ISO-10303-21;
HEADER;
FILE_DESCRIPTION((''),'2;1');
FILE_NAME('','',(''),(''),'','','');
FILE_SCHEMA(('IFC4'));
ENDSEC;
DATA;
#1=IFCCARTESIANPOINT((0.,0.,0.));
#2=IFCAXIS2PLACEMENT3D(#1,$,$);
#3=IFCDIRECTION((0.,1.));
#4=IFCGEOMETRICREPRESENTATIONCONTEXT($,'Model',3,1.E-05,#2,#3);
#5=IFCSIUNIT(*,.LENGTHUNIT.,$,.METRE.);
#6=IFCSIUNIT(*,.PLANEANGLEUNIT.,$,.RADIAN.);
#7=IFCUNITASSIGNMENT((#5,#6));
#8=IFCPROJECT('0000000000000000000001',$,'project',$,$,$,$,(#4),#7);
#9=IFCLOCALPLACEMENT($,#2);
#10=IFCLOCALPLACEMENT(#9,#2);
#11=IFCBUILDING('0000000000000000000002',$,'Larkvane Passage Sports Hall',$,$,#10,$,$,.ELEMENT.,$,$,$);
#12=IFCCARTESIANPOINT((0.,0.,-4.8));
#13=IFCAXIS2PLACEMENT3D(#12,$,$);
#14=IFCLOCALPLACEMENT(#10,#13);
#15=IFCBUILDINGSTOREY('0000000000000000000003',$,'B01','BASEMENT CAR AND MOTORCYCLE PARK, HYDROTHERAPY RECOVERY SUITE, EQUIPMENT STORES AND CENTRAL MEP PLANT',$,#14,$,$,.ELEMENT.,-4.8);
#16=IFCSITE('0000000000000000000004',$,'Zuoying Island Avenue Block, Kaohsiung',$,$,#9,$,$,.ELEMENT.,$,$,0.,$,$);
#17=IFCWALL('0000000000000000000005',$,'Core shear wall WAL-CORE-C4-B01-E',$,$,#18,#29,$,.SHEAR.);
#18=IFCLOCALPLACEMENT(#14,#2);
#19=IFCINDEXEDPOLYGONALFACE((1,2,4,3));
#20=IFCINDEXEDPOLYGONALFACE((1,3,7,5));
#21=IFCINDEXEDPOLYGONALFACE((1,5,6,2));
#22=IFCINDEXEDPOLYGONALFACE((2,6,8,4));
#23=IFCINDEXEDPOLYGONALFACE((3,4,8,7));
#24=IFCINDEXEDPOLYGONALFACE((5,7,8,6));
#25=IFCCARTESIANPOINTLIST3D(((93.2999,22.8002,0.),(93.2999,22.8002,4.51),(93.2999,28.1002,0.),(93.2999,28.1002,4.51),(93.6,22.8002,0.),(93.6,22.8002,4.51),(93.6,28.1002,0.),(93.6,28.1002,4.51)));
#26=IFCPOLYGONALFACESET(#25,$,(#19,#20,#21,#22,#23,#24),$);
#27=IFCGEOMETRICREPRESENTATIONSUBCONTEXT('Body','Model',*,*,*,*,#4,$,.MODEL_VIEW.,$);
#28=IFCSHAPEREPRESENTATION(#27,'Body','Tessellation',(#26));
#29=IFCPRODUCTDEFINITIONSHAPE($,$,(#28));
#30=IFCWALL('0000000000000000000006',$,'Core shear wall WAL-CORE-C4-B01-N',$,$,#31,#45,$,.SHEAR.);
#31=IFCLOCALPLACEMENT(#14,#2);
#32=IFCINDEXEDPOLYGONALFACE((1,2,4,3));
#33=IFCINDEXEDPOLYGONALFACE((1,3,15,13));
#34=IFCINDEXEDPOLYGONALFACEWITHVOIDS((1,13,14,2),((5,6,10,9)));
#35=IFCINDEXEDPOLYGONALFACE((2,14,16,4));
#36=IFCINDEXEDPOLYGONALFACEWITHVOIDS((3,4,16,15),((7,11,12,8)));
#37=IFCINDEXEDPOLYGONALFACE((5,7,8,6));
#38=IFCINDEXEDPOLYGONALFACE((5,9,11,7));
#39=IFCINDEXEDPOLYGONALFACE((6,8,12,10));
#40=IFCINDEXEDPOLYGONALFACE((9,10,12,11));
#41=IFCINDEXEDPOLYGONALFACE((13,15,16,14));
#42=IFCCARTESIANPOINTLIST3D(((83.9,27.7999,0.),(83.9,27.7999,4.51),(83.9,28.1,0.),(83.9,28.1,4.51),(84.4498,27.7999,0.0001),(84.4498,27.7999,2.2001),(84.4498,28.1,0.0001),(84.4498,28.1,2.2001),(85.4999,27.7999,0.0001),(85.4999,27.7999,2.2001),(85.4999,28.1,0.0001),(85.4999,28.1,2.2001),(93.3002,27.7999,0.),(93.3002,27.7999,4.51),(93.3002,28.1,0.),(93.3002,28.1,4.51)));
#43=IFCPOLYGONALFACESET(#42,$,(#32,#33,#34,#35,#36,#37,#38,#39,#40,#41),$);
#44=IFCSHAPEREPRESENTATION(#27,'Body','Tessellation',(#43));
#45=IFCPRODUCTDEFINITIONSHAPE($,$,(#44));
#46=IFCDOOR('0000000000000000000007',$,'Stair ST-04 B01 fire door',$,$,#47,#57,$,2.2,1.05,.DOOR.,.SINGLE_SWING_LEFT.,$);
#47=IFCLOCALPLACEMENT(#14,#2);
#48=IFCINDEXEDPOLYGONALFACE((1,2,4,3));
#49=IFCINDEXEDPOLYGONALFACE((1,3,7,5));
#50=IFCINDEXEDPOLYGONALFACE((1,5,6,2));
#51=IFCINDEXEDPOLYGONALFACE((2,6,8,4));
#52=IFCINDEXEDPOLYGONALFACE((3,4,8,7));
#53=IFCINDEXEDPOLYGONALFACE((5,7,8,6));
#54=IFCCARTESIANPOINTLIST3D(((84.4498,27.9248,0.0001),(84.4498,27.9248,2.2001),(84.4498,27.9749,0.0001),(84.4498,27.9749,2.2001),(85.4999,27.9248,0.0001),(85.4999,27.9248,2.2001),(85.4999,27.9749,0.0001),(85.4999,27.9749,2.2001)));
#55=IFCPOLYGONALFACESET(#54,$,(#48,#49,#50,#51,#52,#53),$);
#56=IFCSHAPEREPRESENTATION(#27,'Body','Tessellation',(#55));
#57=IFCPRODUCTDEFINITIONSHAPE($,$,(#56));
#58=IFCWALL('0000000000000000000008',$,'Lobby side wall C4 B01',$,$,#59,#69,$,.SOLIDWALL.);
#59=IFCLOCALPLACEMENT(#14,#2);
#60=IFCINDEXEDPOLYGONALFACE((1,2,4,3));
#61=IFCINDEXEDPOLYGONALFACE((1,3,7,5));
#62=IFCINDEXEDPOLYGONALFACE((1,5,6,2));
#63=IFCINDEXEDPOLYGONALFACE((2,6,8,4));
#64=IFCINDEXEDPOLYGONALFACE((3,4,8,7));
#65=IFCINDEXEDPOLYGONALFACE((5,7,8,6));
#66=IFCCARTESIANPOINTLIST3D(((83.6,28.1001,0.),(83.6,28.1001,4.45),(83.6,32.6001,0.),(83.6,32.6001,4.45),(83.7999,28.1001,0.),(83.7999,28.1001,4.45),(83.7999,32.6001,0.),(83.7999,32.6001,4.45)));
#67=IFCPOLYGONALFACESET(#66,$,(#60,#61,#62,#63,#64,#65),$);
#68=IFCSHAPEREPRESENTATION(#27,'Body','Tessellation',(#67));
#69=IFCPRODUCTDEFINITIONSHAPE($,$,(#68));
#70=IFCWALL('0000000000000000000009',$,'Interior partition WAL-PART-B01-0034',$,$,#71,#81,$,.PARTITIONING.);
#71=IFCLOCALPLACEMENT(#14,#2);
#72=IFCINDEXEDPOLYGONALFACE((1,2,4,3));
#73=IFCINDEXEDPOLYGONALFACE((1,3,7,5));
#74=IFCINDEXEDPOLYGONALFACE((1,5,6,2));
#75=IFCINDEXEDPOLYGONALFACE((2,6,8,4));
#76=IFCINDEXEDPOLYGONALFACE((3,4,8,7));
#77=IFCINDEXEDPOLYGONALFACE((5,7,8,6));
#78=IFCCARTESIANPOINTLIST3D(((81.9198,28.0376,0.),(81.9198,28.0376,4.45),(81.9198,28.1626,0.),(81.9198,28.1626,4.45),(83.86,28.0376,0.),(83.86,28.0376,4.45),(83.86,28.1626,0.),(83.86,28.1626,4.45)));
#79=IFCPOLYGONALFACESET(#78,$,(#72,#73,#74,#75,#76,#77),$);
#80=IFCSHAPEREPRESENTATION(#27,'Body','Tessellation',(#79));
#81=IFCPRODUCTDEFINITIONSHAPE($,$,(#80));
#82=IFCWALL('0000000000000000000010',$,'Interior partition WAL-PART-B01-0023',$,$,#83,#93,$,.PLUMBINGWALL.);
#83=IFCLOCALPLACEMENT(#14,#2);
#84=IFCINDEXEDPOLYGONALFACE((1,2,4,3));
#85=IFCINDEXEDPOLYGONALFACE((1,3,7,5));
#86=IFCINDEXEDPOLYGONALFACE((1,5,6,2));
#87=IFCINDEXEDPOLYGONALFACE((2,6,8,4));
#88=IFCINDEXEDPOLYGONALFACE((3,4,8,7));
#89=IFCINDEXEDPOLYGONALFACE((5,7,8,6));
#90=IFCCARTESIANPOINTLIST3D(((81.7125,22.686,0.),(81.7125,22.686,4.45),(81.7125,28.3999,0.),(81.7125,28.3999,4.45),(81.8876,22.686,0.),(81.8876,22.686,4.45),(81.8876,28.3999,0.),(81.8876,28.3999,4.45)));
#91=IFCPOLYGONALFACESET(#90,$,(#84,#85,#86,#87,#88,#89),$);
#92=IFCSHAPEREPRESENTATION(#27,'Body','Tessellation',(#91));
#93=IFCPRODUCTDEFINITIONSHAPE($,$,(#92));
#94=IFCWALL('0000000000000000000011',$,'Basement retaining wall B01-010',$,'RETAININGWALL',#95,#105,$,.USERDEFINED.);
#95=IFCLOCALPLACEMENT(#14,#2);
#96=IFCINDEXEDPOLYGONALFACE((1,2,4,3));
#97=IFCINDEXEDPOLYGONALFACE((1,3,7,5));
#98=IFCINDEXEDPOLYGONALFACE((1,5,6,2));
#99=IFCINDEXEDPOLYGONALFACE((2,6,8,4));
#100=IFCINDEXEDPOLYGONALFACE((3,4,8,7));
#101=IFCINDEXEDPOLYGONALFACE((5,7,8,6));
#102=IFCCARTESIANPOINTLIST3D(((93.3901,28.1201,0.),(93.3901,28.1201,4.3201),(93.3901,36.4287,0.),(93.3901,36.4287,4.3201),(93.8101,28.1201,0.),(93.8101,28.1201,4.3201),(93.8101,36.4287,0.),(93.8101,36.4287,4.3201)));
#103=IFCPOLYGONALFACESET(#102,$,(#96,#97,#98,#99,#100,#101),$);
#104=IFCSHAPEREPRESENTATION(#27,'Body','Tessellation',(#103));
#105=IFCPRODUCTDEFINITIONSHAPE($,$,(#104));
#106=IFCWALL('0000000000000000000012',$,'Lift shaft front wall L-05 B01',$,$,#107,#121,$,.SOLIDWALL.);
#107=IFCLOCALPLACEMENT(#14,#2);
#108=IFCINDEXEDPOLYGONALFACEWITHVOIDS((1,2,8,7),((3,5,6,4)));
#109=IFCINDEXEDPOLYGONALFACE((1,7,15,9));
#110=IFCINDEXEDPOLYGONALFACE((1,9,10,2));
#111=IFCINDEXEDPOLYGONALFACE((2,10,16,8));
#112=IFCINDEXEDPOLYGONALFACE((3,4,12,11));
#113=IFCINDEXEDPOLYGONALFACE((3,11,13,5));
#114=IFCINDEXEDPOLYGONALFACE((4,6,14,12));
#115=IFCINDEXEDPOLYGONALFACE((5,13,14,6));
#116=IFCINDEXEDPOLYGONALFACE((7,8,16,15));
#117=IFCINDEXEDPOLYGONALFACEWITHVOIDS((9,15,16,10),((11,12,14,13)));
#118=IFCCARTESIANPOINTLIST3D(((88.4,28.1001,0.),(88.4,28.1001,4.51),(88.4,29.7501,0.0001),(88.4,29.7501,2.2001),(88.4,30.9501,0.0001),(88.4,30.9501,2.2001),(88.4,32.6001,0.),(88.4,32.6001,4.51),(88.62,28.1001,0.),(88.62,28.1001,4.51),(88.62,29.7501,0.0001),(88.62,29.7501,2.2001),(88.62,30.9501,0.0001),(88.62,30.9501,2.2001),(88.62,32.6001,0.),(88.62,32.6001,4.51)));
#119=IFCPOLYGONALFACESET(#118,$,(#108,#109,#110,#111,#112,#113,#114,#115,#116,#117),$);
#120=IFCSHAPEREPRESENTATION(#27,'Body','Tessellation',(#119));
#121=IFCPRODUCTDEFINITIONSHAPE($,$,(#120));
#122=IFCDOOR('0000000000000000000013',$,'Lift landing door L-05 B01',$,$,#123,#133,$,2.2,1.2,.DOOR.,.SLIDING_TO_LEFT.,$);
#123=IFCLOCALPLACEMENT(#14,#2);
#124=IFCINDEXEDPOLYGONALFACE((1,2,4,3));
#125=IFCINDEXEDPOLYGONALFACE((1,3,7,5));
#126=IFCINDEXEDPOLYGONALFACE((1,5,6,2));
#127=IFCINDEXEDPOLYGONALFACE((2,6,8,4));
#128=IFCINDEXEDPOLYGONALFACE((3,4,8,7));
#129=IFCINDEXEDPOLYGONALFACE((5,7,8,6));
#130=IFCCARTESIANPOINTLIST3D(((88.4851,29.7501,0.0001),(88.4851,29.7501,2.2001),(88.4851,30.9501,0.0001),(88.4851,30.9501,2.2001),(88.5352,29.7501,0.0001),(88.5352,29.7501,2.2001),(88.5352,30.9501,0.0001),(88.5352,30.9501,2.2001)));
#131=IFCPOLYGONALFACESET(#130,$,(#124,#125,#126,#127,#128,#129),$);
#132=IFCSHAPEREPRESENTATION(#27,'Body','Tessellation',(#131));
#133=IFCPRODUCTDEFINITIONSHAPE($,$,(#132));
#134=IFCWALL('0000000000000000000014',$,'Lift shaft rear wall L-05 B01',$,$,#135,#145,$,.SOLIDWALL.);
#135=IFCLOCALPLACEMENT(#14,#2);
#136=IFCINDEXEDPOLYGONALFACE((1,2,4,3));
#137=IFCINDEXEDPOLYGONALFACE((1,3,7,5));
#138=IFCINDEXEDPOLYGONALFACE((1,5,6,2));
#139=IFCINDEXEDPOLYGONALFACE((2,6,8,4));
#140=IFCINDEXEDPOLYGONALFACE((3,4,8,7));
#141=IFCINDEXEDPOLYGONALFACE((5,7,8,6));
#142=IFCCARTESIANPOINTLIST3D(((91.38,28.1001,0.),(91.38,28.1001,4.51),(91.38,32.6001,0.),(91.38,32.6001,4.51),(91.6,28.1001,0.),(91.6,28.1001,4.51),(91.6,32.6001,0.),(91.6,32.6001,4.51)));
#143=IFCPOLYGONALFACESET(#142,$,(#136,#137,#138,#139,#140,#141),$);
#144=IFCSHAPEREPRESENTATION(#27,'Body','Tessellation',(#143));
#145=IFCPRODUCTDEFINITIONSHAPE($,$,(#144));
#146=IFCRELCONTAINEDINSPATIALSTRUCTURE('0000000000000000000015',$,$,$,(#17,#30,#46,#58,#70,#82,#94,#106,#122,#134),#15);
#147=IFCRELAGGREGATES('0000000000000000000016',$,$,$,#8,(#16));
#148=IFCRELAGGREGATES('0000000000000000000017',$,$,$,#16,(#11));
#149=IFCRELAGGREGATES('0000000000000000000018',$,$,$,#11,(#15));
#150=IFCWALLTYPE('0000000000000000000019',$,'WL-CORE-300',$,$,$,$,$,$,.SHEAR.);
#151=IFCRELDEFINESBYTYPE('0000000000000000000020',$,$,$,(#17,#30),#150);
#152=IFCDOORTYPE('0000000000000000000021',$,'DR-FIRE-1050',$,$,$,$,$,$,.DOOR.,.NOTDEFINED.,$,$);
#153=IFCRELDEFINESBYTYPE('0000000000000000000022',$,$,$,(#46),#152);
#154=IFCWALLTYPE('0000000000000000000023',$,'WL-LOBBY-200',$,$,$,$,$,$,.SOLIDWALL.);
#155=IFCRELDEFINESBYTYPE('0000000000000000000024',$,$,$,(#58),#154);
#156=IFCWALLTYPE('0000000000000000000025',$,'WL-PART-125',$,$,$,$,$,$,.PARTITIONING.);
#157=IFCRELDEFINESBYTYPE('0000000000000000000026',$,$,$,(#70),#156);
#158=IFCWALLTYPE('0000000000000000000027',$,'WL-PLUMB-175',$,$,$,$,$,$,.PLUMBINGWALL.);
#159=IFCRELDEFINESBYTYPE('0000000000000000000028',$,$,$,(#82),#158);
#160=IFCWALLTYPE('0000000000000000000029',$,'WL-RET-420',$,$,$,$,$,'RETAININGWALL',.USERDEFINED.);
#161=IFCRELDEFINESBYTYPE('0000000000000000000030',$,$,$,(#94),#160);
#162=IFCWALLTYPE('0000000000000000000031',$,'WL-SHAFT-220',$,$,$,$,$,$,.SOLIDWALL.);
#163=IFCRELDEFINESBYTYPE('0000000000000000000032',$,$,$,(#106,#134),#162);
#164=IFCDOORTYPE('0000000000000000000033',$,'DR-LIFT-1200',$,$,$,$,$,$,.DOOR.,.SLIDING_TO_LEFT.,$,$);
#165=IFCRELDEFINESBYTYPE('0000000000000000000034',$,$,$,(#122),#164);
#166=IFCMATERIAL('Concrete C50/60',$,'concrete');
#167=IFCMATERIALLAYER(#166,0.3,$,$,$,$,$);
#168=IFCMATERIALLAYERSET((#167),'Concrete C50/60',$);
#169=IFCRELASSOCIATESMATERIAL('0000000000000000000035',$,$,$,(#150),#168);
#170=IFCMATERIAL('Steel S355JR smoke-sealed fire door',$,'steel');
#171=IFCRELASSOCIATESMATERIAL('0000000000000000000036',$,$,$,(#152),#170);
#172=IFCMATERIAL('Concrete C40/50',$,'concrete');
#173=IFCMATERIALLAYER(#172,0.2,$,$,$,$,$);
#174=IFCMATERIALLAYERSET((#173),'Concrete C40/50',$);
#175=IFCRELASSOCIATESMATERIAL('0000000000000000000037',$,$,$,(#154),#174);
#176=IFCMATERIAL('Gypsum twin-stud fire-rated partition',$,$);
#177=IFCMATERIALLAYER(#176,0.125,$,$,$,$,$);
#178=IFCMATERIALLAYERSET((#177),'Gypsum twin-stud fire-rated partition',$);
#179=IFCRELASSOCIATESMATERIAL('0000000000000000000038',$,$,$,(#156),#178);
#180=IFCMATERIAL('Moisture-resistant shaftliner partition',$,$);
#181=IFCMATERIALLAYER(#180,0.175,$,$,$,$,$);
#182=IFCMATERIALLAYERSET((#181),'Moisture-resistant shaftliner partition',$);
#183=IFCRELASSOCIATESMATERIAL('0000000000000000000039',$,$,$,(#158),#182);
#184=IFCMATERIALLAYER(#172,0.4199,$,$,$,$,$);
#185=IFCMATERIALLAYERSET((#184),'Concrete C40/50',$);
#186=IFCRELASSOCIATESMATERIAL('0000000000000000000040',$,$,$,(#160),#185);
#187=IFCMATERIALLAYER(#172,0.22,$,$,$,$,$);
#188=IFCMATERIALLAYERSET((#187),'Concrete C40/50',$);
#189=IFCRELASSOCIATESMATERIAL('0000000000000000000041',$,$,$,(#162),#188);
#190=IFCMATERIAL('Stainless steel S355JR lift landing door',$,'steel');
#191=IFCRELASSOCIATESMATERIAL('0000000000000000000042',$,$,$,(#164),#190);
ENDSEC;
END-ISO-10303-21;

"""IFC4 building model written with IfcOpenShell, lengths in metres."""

from ifc_helpers import new_model, si_unit, direction, frame, frame_2d, origin, place, context, subcontext, project, spatial, rectangle, extrude, material, layer, layer_set, type_object, element, fill, save


model = new_model("IFC4")

# Units and contexts
model_context = context("Model", 3, precision=1e-05, world=origin(), true_north=direction((0.0, 1.0)))
body_context = subcontext(model_context, "Body", "Model", "MODEL_VIEW")
ifc_project = project(units=[si_unit("LENGTHUNIT", "METRE"), si_unit("PLANEANGLEUNIT", "RADIAN")], contexts=[model_context])

# Site, building, storey
site_placement = place(None, origin())
site = spatial("IfcSite", under=ifc_project, at=site_placement, Name="Zuoying Island Avenue Block, Kaohsiung", CompositionType="ELEMENT", RefElevation=0.0)
building_placement = place(site_placement, origin())
building = spatial("IfcBuilding", under=site, at=building_placement, Name="Larkvane Passage Sports Hall", CompositionType="ELEMENT")
storey_placement = place(building_placement, frame((0.0, 0.0, -4.8)))
storey = spatial("IfcBuildingStorey", under=building, at=storey_placement, Name="B01", Description="BASEMENT CAR AND MOTORCYCLE PARK, HYDROTHERAPY RECOVERY SUITE, EQUIPMENT STORES AND CENTRAL MEP PLANT", CompositionType="ELEMENT", Elevation=-4.8)

# Shared definitions
ifc_material_1 = material(Name="Concrete C40/50", Category="concrete")

# Wall
ifc_material_2 = material(Name="Concrete C50/60", Category="concrete")
ifc_layer_1 = layer(ifc_material_2, 0.3)
ifc_layer_set_1 = layer_set([ifc_layer_1], Name="Concrete C50/60")
wall_type_1 = type_object("IfcWallType", Name="WL-CORE-300", PredefinedType="SHEAR", material=ifc_layer_set_1)
wall_1_placement = place(storey_placement, frame((93.45, 28.1001, 0.0), z_axis=(0.0, 0.0, 1.0), x_axis=(0.0, -1.0, 0.0)))
element("IfcWall", 1, at=wall_1_placement, inside=storey, type_object=wall_type_1, Name="Core shear wall WAL-CORE-C4-B01-E", PredefinedType="SHEAR", context=body_context, shape_type="SweptSolid", body=[
    extrude(rectangle(XDim=5.3, YDim=0.3, at=frame_2d((2.6499, 0.0))), origin(), (0.0, 0.0, 1.0), 4.51),
])

# Wall, opening, door
wall_2_placement = place(storey_placement, frame((83.8999, 27.95, 0.0), z_axis=(0.0, 0.0, 1.0), x_axis=(1.0, 0.0, 0.0)))
wall_2 = element("IfcWall", 2, at=wall_2_placement, inside=storey, type_object=wall_type_1, Name="Core shear wall WAL-CORE-C4-B01-N", PredefinedType="SHEAR", context=body_context, shape_type="SweptSolid", body=[
    extrude(rectangle(XDim=9.4001, YDim=0.3, at=frame_2d((4.7002, 0.0))), origin(), (0.0, 0.0, 1.0), 4.51),
])
opening_1_placement = place(wall_2_placement, frame((0.55, 0.0, 0.0)))
opening_1 = element("IfcOpeningElement", 3, at=opening_1_placement, cuts=wall_2, PredefinedType="OPENING", context=body_context, shape_type="SweptSolid", body=[
    extrude(rectangle(XDim=1.05, YDim=2.2, at=frame_2d((0.5249, 1.1001))), frame((0.0, 0.1599, 0.0), z_axis=(0.0, -1.0, 0.0), x_axis=(1.0, 0.0, 0.0)), (0.0, 0.0, 1.0), 0.3201),
])
ifc_material_3 = material(Name="Steel S355JR smoke-sealed fire door", Category="steel")
door_type_1 = type_object("IfcDoorType", Name="DR-FIRE-1050", OperationType="NOTDEFINED", PredefinedType="DOOR", material=ifc_material_3)
door_1_placement = place(opening_1_placement, origin())
door_1 = element("IfcDoor", 4, at=door_1_placement, inside=storey, type_object=door_type_1, Name="Stair ST-04 B01 fire door", OperationType="SINGLE_SWING_LEFT", OverallHeight=2.2, OverallWidth=1.05, PredefinedType="DOOR", context=body_context, shape_type="SweptSolid", body=[
    extrude(rectangle(XDim=1.05, YDim=2.2, at=frame_2d((0.5249, 1.1001))), frame((0.0, 0.0249, 0.0), z_axis=(0.0, -1.0, 0.0), x_axis=(1.0, 0.0, 0.0)), (0.0, 0.0, 1.0), 0.05),
])
fill(opening_1, door_1)

# Walls
ifc_layer_2 = layer(ifc_material_1, 0.2)
ifc_layer_set_2 = layer_set([ifc_layer_2], Name="Concrete C40/50")
wall_type_2 = type_object("IfcWallType", Name="WL-LOBBY-200", PredefinedType="SOLIDWALL", material=ifc_layer_set_2)
wall_3_placement = place(storey_placement, frame((83.7, 28.1001, 0.0), z_axis=(0.0, 0.0, 1.0), x_axis=(0.0, 1.0, 0.0)))
element("IfcWall", 5, at=wall_3_placement, inside=storey, type_object=wall_type_2, Name="Lobby side wall C4 B01", PredefinedType="SOLIDWALL", context=body_context, shape_type="SweptSolid", body=[
    extrude(rectangle(XDim=4.5, YDim=0.2, at=frame_2d((2.25, 0.0))), origin(), (0.0, 0.0, 1.0), 4.45),
])
ifc_material_4 = material(Name="Gypsum twin-stud fire-rated partition")
ifc_layer_3 = layer(ifc_material_4, 0.125)
ifc_layer_set_3 = layer_set([ifc_layer_3], Name="Gypsum twin-stud fire-rated partition")
wall_type_3 = type_object("IfcWallType", Name="WL-PART-125", PredefinedType="PARTITIONING", material=ifc_layer_set_3)
wall_4_placement = place(storey_placement, frame((83.8601, 28.1001, 0.0), z_axis=(0.0, 0.0, 1.0), x_axis=(-1.0, 0.0, 0.0)))
element("IfcWall", 6, at=wall_4_placement, inside=storey, type_object=wall_type_3, Name="Interior partition WAL-PART-B01-0034", PredefinedType="PARTITIONING", context=body_context, shape_type="SweptSolid", body=[
    extrude(rectangle(XDim=1.9402, YDim=0.125, at=frame_2d((0.9702, 0.0))), origin(), (0.0, 0.0, 1.0), 4.45),
])
ifc_material_5 = material(Name="Moisture-resistant shaftliner partition")
ifc_layer_4 = layer(ifc_material_5, 0.175)
ifc_layer_set_4 = layer_set([ifc_layer_4], Name="Moisture-resistant shaftliner partition")
wall_type_4 = type_object("IfcWallType", Name="WL-PLUMB-175", PredefinedType="PLUMBINGWALL", material=ifc_layer_set_4)
wall_5_placement = place(storey_placement, frame((81.8, 28.3999, 0.0), z_axis=(0.0, 0.0, 1.0), x_axis=(0.0, -1.0, 0.0)))
element("IfcWall", 7, at=wall_5_placement, inside=storey, type_object=wall_type_4, Name="Interior partition WAL-PART-B01-0023", PredefinedType="PLUMBINGWALL", context=body_context, shape_type="SweptSolid", body=[
    extrude(rectangle(XDim=5.7139, YDim=0.175, at=frame_2d((2.8569, 0.0))), origin(), (0.0, 0.0, 1.0), 4.45),
])
ifc_layer_5 = layer(ifc_material_1, 0.4199)
ifc_layer_set_5 = layer_set([ifc_layer_5], Name="Concrete C40/50")
wall_type_5 = type_object("IfcWallType", Name="WL-RET-420", ElementType="RETAININGWALL", PredefinedType="USERDEFINED", material=ifc_layer_set_5)
wall_6_placement = place(storey_placement, frame((93.6001, 28.1201, 0.0), z_axis=(0.0, 0.0, 1.0), x_axis=(0.0, 1.0, 0.0)))
element("IfcWall", 8, at=wall_6_placement, inside=storey, type_object=wall_type_5, Name="Basement retaining wall B01-010", ObjectType="RETAININGWALL", PredefinedType="USERDEFINED", context=body_context, shape_type="SweptSolid", body=[
    extrude(rectangle(XDim=8.3086, YDim=0.4199, at=frame_2d((4.1543, 0.0))), origin(), (0.0, 0.0, 1.0), 4.3201),
])

# Wall, opening, door
ifc_layer_6 = layer(ifc_material_1, 0.22)
ifc_layer_set_6 = layer_set([ifc_layer_6], Name="Concrete C40/50")
wall_type_6 = type_object("IfcWallType", Name="WL-SHAFT-220", PredefinedType="SOLIDWALL", material=ifc_layer_set_6)
wall_7_placement = place(storey_placement, frame((88.51, 28.1001, 0.0), z_axis=(0.0, 0.0, 1.0), x_axis=(0.0, 1.0, 0.0)))
wall_7 = element("IfcWall", 9, at=wall_7_placement, inside=storey, type_object=wall_type_6, Name="Lift shaft front wall L-05 B01", PredefinedType="SOLIDWALL", context=body_context, shape_type="SweptSolid", body=[
    extrude(rectangle(XDim=4.5, YDim=0.22, at=frame_2d((2.25, 0.0))), origin(), (0.0, 0.0, 1.0), 4.51),
])
opening_2_placement = place(wall_7_placement, frame((1.6499, 0.0, 0.0)))
opening_2 = element("IfcOpeningElement", 10, at=opening_2_placement, cuts=wall_7, PredefinedType="OPENING", context=body_context, shape_type="SweptSolid", body=[
    extrude(rectangle(XDim=1.2, YDim=2.2, at=frame_2d((0.6001, 1.1001))), frame((0.0, 0.1199, 0.0), z_axis=(0.0, -1.0, 0.0), x_axis=(1.0, 0.0, 0.0)), (0.0, 0.0, 1.0), 0.24),
])
ifc_material_6 = material(Name="Stainless steel S355JR lift landing door", Category="steel")
door_type_2 = type_object("IfcDoorType", Name="DR-LIFT-1200", OperationType="SLIDING_TO_LEFT", PredefinedType="DOOR", material=ifc_material_6)
door_2_placement = place(opening_2_placement, origin())
door_2 = element("IfcDoor", 11, at=door_2_placement, inside=storey, type_object=door_type_2, Name="Lift landing door L-05 B01", OperationType="SLIDING_TO_LEFT", OverallHeight=2.2, OverallWidth=1.2, PredefinedType="DOOR", context=body_context, shape_type="SweptSolid", body=[
    extrude(rectangle(XDim=1.2, YDim=2.2, at=frame_2d((0.6001, 1.1001))), frame((0.0, 0.0249, 0.0), z_axis=(0.0, -1.0, 0.0), x_axis=(1.0, 0.0, 0.0)), (0.0, 0.0, 1.0), 0.05),
])
fill(opening_2, door_2)

# Wall
wall_8_placement = place(storey_placement, frame((91.49, 28.1001, 0.0), z_axis=(0.0, 0.0, 1.0), x_axis=(0.0, 1.0, 0.0)))
element("IfcWall", 12, at=wall_8_placement, inside=storey, type_object=wall_type_6, Name="Lift shaft rear wall L-05 B01", PredefinedType="SOLIDWALL", context=body_context, shape_type="SweptSolid", body=[
    extrude(rectangle(XDim=4.5, YDim=0.22, at=frame_2d((2.25, 0.0))), origin(), (0.0, 0.0, 1.0), 4.51),
])

save(model, "model.ifc")
